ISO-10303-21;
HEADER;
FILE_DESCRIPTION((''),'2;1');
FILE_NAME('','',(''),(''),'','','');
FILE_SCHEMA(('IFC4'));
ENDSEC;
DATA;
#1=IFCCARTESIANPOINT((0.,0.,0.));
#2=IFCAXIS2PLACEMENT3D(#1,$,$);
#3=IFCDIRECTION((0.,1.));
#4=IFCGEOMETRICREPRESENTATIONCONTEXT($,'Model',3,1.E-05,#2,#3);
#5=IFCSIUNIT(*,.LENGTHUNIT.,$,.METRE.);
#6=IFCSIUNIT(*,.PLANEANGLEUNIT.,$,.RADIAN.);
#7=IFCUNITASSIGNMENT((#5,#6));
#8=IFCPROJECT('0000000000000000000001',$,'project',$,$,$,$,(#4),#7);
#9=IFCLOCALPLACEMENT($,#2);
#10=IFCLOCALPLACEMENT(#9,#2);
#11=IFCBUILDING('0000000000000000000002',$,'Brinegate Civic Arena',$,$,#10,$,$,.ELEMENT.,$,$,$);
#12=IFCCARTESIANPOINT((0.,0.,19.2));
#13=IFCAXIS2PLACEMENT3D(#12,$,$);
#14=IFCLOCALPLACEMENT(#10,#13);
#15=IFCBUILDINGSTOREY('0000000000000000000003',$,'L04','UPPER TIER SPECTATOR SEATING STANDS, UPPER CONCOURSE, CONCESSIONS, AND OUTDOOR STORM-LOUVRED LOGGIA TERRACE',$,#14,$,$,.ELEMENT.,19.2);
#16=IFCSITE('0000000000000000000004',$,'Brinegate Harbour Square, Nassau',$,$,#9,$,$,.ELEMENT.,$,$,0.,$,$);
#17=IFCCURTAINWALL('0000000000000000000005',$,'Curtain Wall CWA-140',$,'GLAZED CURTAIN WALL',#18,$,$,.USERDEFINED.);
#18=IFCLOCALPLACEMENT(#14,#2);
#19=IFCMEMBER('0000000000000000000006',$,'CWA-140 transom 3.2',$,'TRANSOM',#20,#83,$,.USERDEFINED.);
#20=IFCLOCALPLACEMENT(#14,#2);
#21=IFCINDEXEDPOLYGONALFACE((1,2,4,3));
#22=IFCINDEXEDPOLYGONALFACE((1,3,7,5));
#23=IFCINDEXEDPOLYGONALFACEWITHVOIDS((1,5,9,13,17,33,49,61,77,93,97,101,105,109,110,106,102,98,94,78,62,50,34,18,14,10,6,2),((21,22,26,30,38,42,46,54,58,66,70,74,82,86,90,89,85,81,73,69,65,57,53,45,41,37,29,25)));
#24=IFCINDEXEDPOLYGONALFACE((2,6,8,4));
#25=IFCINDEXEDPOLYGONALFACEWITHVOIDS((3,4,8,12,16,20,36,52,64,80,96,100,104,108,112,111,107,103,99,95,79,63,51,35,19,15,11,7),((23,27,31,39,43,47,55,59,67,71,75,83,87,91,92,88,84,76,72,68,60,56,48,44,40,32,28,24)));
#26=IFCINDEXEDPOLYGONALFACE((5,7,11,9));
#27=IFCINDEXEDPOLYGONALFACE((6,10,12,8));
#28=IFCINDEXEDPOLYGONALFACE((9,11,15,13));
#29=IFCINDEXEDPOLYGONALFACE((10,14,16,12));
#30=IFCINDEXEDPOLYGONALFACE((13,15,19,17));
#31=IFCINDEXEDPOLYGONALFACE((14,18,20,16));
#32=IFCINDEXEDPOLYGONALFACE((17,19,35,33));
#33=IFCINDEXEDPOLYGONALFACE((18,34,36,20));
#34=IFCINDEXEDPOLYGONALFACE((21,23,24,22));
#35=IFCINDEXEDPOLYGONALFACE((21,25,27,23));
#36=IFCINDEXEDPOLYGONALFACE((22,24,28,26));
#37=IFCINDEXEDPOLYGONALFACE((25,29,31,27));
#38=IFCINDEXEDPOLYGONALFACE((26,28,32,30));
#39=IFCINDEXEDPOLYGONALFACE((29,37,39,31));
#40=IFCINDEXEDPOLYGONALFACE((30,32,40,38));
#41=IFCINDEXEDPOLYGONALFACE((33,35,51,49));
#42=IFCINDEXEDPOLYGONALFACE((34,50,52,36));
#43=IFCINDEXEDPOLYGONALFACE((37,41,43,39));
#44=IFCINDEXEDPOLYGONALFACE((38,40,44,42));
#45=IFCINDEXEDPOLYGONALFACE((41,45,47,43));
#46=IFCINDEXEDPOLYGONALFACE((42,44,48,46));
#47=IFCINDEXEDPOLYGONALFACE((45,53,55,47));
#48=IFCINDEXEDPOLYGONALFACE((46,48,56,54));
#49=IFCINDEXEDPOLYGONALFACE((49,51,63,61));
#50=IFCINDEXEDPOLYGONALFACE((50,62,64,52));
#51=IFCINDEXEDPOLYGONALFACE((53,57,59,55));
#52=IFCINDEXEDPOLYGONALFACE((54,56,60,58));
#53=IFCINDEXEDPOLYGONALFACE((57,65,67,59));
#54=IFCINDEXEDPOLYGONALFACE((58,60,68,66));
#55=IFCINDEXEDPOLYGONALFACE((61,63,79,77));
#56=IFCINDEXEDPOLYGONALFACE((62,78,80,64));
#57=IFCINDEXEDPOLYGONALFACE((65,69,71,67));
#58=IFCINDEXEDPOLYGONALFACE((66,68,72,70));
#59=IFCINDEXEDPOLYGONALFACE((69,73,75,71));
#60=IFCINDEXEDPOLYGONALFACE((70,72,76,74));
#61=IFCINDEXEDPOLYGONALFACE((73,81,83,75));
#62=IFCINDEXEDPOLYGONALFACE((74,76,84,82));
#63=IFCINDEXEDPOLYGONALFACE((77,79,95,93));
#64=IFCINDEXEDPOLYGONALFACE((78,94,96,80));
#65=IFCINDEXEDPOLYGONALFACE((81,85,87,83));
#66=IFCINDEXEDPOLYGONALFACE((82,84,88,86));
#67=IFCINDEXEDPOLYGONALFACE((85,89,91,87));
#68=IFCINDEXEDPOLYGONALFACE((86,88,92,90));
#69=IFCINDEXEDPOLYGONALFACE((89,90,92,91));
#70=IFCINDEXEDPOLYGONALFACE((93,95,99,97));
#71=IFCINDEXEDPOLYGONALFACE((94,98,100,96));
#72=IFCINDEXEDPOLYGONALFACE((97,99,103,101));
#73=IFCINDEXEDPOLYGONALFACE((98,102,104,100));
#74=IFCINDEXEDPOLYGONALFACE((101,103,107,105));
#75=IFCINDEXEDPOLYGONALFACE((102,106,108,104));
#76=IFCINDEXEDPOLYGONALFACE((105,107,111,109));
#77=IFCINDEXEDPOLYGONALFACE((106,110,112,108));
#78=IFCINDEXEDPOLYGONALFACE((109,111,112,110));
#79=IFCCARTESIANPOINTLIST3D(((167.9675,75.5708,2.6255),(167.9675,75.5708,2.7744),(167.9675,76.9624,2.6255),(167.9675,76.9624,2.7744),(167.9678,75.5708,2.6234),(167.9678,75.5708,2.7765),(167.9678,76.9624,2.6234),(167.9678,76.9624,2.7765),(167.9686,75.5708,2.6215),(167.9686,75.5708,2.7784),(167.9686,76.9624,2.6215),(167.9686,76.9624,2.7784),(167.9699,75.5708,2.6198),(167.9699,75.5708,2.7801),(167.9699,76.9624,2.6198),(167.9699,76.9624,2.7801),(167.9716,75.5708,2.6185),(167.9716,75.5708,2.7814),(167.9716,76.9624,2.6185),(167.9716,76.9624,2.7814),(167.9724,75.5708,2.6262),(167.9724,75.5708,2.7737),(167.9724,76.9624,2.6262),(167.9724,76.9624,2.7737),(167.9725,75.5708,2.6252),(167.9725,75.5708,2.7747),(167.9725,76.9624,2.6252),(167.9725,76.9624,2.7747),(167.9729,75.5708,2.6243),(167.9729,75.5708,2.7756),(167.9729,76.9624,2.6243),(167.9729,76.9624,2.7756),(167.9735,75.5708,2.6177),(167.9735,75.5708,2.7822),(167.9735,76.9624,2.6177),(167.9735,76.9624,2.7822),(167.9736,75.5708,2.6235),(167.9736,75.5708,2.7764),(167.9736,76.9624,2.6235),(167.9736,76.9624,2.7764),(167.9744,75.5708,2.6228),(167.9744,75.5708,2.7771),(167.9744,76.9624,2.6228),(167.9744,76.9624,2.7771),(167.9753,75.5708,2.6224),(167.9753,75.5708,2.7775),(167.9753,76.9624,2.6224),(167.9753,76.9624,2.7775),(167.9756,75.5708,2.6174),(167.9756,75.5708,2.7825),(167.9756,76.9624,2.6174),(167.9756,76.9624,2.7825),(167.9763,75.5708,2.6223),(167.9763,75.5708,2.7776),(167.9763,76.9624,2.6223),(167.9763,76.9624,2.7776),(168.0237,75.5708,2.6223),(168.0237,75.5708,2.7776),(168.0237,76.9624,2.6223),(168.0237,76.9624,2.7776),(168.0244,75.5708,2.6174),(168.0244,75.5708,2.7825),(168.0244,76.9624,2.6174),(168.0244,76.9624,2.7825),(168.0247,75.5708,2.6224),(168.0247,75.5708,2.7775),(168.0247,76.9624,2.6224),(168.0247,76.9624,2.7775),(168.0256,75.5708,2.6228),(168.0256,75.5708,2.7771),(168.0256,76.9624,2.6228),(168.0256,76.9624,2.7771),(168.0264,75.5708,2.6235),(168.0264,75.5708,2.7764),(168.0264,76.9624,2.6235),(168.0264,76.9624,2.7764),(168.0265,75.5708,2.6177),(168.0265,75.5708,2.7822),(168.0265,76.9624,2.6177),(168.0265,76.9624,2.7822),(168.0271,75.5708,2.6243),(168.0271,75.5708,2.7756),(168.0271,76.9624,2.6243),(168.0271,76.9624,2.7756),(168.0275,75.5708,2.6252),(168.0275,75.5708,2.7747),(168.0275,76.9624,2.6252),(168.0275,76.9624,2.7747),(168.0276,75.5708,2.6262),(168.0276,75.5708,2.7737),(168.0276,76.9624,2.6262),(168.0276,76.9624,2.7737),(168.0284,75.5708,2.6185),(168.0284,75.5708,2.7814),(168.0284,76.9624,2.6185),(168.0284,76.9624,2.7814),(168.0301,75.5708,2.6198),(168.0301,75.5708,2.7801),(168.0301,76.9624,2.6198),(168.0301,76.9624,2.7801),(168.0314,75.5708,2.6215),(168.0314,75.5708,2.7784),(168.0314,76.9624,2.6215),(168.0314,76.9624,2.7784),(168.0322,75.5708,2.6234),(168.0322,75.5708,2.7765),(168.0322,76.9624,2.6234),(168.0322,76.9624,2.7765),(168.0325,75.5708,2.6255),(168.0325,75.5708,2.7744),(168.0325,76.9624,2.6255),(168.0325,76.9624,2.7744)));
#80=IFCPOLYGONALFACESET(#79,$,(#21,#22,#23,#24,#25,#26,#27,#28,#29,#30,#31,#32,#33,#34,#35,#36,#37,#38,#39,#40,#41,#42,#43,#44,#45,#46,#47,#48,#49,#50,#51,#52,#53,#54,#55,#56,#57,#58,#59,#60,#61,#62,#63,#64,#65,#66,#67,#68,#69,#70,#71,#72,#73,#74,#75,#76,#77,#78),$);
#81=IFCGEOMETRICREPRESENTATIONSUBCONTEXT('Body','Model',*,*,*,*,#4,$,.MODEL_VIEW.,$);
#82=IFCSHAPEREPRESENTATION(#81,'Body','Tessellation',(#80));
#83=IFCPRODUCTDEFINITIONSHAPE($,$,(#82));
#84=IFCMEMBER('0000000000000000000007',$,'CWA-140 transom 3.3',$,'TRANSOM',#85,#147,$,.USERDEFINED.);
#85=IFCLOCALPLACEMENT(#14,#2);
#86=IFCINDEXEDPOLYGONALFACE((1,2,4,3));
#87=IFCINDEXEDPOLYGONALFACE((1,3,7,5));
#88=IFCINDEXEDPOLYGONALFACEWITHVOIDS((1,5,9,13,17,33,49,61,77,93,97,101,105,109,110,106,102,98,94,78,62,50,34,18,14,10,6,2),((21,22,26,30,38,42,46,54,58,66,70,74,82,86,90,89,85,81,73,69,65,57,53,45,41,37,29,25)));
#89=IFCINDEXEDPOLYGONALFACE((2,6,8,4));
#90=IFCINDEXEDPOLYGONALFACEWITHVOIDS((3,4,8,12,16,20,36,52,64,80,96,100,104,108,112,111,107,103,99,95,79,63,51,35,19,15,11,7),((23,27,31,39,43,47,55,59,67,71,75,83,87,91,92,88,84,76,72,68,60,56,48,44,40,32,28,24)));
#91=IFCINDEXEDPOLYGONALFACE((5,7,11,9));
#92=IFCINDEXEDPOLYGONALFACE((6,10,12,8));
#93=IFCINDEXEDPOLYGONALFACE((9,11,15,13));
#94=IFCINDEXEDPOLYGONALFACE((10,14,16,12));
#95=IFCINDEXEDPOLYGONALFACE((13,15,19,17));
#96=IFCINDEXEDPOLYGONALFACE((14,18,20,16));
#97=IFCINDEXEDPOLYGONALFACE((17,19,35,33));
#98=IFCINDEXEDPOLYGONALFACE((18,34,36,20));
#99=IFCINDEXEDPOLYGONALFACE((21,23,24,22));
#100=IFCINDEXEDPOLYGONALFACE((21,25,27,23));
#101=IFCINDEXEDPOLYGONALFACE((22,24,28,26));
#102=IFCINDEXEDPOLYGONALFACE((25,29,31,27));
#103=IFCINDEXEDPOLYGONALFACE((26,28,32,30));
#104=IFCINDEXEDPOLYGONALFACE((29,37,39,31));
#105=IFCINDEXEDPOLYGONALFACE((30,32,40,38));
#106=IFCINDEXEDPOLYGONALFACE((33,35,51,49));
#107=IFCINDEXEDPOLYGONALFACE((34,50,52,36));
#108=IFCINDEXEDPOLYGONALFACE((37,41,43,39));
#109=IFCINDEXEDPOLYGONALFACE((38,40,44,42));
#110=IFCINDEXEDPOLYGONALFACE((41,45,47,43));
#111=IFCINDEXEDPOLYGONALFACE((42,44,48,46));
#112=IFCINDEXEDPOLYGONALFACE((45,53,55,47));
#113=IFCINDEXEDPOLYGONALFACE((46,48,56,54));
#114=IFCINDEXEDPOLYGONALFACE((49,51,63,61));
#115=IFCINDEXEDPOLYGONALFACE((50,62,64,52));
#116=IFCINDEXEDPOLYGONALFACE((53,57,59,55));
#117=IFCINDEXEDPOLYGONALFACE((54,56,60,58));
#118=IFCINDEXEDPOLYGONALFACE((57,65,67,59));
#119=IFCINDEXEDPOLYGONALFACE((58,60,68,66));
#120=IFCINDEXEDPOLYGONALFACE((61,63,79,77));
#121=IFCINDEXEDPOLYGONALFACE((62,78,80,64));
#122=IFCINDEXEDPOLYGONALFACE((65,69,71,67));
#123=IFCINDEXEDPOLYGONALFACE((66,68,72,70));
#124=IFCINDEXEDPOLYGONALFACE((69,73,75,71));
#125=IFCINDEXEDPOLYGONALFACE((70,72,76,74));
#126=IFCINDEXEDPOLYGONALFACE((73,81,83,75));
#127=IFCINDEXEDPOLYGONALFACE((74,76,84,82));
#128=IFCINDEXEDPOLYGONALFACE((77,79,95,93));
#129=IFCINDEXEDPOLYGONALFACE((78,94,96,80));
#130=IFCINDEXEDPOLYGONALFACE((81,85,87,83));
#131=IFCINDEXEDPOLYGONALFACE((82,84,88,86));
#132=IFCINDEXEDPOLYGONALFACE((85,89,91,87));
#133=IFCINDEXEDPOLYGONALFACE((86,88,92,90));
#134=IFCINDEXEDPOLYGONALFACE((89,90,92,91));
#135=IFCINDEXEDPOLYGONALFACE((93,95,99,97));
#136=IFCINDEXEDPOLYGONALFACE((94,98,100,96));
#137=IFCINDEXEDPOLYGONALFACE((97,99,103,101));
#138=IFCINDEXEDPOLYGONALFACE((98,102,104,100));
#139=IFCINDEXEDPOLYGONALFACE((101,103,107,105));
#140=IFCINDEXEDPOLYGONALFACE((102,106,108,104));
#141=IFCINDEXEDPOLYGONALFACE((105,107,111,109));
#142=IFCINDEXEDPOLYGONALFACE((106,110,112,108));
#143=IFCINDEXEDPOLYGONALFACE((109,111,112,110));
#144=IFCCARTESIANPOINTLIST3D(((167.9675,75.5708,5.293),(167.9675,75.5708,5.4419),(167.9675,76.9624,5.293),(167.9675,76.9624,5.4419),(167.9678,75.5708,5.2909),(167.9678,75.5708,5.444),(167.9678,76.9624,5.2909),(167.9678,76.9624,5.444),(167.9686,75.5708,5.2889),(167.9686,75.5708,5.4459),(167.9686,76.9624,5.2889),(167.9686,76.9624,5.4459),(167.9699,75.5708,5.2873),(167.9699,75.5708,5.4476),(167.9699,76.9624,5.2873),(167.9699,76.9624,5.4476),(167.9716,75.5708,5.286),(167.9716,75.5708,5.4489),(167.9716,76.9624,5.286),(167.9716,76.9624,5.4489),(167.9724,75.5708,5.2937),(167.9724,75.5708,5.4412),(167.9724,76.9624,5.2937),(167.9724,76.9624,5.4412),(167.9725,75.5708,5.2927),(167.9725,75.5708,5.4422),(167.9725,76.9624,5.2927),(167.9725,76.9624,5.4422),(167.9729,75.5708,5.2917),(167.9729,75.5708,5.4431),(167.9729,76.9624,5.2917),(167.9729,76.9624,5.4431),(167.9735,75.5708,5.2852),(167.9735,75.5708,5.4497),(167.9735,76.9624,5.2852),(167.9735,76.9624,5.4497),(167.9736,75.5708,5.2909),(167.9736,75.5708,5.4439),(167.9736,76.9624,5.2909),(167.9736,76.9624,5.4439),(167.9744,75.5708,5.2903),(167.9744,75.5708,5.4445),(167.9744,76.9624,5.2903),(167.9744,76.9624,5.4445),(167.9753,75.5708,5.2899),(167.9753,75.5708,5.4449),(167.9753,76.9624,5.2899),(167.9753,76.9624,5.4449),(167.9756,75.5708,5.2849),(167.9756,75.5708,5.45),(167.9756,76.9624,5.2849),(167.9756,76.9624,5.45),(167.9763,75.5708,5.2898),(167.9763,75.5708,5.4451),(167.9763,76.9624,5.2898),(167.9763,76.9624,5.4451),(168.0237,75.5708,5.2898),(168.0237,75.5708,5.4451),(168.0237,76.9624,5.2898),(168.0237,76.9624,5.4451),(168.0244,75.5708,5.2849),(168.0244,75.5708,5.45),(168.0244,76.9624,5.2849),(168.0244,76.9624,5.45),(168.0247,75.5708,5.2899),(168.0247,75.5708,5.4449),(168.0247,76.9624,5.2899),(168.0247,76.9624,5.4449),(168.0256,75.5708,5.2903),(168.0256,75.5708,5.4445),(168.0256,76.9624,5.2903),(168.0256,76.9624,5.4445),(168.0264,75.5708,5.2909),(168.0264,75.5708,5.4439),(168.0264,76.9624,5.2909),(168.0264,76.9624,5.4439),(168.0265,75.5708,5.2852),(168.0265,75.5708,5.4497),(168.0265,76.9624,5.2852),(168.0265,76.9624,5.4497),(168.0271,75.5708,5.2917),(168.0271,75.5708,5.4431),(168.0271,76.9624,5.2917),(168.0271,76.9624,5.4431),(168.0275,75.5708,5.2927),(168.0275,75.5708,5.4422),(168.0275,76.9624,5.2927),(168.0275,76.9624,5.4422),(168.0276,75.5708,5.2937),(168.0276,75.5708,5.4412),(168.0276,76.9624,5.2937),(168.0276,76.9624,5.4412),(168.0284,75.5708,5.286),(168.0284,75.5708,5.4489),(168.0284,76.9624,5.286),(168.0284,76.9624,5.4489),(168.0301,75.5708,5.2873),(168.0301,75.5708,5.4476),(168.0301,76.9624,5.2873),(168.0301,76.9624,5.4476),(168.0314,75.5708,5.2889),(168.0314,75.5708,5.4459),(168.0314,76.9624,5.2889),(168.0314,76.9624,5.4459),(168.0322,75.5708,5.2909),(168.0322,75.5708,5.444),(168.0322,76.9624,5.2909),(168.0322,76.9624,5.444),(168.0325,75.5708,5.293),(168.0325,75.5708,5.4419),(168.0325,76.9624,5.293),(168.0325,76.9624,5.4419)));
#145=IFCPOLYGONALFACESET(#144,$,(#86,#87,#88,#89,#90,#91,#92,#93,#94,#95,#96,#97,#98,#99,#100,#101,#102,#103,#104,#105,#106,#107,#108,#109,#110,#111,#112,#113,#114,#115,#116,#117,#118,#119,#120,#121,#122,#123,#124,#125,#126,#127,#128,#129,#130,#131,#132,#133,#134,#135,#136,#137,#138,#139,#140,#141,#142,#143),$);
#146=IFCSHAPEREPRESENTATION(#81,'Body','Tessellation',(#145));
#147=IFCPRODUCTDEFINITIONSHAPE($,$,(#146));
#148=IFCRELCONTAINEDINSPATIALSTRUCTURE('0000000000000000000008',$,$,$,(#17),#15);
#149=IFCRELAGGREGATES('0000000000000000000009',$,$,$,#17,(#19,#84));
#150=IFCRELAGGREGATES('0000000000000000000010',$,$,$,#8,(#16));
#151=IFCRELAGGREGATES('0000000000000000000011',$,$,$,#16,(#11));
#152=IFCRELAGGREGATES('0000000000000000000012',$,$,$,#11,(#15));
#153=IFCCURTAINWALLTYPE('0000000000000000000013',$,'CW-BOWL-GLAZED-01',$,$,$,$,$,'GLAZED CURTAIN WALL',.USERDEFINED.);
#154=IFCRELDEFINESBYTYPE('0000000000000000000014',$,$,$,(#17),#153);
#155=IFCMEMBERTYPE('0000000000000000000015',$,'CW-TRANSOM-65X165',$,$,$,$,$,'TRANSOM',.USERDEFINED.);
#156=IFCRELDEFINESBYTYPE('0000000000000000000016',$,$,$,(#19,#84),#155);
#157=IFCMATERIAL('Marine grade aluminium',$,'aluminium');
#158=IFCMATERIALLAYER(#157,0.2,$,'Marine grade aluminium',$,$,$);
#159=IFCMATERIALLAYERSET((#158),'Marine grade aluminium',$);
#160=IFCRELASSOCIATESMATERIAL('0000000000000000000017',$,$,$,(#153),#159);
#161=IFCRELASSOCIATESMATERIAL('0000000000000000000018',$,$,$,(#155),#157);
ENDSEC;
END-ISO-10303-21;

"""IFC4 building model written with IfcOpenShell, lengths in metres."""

from ifc_helpers import new_model, si_unit, direction, frame, origin, origin_2d, place, context, subcontext, project, spatial, hollow_rectangle, extrude, material, layer, layer_set, material_profile, profile_set, type_object, element, aggregate, save


model = new_model("IFC4")

# Units and contexts
model_context = context("Model", 3, precision=1e-05, world=origin(), true_north=direction((0.0, 1.0)))
body_context = subcontext(model_context, "Body", "Model", "MODEL_VIEW")
ifc_project = project(units=[si_unit("LENGTHUNIT", "METRE"), si_unit("PLANEANGLEUNIT", "RADIAN")], contexts=[model_context])

# Site, building, storey
site_placement = place(None, origin())
site = spatial("IfcSite", under=ifc_project, at=site_placement, Name="Brinegate Harbour Square, Nassau", CompositionType="ELEMENT", RefElevation=0.0)
building_placement = place(site_placement, origin())
building = spatial("IfcBuilding", under=site, at=building_placement, Name="Brinegate Civic Arena", CompositionType="ELEMENT")
storey_placement = place(building_placement, frame((0.0, 0.0, 19.2)))
storey = spatial("IfcBuildingStorey", under=building, at=storey_placement, Name="L04", Description="UPPER TIER SPECTATOR SEATING STANDS, UPPER CONCOURSE, CONCESSIONS, AND OUTDOOR STORM-LOUVRED LOGGIA TERRACE", CompositionType="ELEMENT", Elevation=19.2)

# Curtain wall, members
ifc_material_1 = material(Name="Marine grade aluminium", Category="aluminium")
ifc_layer_1 = layer(ifc_material_1, 0.2, Name="Marine grade aluminium")
ifc_layer_set_1 = layer_set([ifc_layer_1], Name="Marine grade aluminium")
curtain_wall_type = type_object("IfcCurtainWallType", Name="CW-BOWL-GLAZED-01", ElementType="GLAZED CURTAIN WALL", PredefinedType="USERDEFINED", material=ifc_layer_set_1)
curtain_wall_placement = place(storey_placement, origin())
curtain_wall = element("IfcCurtainWall", 1, at=curtain_wall_placement, inside=storey, type_object=curtain_wall_type, Name="Curtain Wall CWA-140", ObjectType="GLAZED CURTAIN WALL", PredefinedType="USERDEFINED")
ifc_material_profile_1 = material_profile(ifc_material_1, hollow_rectangle(XDim=0.0649, YDim=0.165, WallThickness=0.0049, InnerFilletRadius=0.0039, OuterFilletRadius=0.0081, at=origin_2d()), Name="TRN65X165")
ifc_profile_set_1 = profile_set([ifc_material_profile_1], Name="Marine grade aluminium")
member_type_1 = type_object("IfcMemberType", Name="CW-TRANSOM-65X165", ElementType="TRANSOM", PredefinedType="USERDEFINED", material=ifc_profile_set_1)
member_1_placement = place(storey_placement, frame((168.0, 75.5708, 2.7), z_axis=(0.0, 1.0, 0.0), x_axis=(-1.0, 0.0, 0.0)))
member_1 = element("IfcMember", 2, at=member_1_placement, type_object=member_type_1, Name="CWA-140 transom 3.2", ObjectType="TRANSOM", PredefinedType="USERDEFINED", context=body_context, shape_type="SweptSolid", body=[
    extrude(hollow_rectangle(XDim=0.0649, YDim=0.165, WallThickness=0.0049, InnerFilletRadius=0.0039, OuterFilletRadius=0.0081, at=origin_2d()), origin(), (0.0, 0.0, 1.0), 1.3916),
])
member_2_placement = place(storey_placement, frame((168.0, 75.5708, 5.3674), z_axis=(0.0, 1.0, 0.0), x_axis=(-1.0, 0.0, 0.0)))
member_2 = element("IfcMember", 3, at=member_2_placement, type_object=member_type_1, Name="CWA-140 transom 3.3", ObjectType="TRANSOM", PredefinedType="USERDEFINED", context=body_context, shape_type="SweptSolid", body=[
    extrude(hollow_rectangle(XDim=0.0649, YDim=0.165, WallThickness=0.0049, InnerFilletRadius=0.0039, OuterFilletRadius=0.0081, at=origin_2d()), origin(), (0.0, 0.0, 1.0), 1.3916),
])
aggregate(curtain_wall, [member_1, member_2])

save(model, "model.ifc")
